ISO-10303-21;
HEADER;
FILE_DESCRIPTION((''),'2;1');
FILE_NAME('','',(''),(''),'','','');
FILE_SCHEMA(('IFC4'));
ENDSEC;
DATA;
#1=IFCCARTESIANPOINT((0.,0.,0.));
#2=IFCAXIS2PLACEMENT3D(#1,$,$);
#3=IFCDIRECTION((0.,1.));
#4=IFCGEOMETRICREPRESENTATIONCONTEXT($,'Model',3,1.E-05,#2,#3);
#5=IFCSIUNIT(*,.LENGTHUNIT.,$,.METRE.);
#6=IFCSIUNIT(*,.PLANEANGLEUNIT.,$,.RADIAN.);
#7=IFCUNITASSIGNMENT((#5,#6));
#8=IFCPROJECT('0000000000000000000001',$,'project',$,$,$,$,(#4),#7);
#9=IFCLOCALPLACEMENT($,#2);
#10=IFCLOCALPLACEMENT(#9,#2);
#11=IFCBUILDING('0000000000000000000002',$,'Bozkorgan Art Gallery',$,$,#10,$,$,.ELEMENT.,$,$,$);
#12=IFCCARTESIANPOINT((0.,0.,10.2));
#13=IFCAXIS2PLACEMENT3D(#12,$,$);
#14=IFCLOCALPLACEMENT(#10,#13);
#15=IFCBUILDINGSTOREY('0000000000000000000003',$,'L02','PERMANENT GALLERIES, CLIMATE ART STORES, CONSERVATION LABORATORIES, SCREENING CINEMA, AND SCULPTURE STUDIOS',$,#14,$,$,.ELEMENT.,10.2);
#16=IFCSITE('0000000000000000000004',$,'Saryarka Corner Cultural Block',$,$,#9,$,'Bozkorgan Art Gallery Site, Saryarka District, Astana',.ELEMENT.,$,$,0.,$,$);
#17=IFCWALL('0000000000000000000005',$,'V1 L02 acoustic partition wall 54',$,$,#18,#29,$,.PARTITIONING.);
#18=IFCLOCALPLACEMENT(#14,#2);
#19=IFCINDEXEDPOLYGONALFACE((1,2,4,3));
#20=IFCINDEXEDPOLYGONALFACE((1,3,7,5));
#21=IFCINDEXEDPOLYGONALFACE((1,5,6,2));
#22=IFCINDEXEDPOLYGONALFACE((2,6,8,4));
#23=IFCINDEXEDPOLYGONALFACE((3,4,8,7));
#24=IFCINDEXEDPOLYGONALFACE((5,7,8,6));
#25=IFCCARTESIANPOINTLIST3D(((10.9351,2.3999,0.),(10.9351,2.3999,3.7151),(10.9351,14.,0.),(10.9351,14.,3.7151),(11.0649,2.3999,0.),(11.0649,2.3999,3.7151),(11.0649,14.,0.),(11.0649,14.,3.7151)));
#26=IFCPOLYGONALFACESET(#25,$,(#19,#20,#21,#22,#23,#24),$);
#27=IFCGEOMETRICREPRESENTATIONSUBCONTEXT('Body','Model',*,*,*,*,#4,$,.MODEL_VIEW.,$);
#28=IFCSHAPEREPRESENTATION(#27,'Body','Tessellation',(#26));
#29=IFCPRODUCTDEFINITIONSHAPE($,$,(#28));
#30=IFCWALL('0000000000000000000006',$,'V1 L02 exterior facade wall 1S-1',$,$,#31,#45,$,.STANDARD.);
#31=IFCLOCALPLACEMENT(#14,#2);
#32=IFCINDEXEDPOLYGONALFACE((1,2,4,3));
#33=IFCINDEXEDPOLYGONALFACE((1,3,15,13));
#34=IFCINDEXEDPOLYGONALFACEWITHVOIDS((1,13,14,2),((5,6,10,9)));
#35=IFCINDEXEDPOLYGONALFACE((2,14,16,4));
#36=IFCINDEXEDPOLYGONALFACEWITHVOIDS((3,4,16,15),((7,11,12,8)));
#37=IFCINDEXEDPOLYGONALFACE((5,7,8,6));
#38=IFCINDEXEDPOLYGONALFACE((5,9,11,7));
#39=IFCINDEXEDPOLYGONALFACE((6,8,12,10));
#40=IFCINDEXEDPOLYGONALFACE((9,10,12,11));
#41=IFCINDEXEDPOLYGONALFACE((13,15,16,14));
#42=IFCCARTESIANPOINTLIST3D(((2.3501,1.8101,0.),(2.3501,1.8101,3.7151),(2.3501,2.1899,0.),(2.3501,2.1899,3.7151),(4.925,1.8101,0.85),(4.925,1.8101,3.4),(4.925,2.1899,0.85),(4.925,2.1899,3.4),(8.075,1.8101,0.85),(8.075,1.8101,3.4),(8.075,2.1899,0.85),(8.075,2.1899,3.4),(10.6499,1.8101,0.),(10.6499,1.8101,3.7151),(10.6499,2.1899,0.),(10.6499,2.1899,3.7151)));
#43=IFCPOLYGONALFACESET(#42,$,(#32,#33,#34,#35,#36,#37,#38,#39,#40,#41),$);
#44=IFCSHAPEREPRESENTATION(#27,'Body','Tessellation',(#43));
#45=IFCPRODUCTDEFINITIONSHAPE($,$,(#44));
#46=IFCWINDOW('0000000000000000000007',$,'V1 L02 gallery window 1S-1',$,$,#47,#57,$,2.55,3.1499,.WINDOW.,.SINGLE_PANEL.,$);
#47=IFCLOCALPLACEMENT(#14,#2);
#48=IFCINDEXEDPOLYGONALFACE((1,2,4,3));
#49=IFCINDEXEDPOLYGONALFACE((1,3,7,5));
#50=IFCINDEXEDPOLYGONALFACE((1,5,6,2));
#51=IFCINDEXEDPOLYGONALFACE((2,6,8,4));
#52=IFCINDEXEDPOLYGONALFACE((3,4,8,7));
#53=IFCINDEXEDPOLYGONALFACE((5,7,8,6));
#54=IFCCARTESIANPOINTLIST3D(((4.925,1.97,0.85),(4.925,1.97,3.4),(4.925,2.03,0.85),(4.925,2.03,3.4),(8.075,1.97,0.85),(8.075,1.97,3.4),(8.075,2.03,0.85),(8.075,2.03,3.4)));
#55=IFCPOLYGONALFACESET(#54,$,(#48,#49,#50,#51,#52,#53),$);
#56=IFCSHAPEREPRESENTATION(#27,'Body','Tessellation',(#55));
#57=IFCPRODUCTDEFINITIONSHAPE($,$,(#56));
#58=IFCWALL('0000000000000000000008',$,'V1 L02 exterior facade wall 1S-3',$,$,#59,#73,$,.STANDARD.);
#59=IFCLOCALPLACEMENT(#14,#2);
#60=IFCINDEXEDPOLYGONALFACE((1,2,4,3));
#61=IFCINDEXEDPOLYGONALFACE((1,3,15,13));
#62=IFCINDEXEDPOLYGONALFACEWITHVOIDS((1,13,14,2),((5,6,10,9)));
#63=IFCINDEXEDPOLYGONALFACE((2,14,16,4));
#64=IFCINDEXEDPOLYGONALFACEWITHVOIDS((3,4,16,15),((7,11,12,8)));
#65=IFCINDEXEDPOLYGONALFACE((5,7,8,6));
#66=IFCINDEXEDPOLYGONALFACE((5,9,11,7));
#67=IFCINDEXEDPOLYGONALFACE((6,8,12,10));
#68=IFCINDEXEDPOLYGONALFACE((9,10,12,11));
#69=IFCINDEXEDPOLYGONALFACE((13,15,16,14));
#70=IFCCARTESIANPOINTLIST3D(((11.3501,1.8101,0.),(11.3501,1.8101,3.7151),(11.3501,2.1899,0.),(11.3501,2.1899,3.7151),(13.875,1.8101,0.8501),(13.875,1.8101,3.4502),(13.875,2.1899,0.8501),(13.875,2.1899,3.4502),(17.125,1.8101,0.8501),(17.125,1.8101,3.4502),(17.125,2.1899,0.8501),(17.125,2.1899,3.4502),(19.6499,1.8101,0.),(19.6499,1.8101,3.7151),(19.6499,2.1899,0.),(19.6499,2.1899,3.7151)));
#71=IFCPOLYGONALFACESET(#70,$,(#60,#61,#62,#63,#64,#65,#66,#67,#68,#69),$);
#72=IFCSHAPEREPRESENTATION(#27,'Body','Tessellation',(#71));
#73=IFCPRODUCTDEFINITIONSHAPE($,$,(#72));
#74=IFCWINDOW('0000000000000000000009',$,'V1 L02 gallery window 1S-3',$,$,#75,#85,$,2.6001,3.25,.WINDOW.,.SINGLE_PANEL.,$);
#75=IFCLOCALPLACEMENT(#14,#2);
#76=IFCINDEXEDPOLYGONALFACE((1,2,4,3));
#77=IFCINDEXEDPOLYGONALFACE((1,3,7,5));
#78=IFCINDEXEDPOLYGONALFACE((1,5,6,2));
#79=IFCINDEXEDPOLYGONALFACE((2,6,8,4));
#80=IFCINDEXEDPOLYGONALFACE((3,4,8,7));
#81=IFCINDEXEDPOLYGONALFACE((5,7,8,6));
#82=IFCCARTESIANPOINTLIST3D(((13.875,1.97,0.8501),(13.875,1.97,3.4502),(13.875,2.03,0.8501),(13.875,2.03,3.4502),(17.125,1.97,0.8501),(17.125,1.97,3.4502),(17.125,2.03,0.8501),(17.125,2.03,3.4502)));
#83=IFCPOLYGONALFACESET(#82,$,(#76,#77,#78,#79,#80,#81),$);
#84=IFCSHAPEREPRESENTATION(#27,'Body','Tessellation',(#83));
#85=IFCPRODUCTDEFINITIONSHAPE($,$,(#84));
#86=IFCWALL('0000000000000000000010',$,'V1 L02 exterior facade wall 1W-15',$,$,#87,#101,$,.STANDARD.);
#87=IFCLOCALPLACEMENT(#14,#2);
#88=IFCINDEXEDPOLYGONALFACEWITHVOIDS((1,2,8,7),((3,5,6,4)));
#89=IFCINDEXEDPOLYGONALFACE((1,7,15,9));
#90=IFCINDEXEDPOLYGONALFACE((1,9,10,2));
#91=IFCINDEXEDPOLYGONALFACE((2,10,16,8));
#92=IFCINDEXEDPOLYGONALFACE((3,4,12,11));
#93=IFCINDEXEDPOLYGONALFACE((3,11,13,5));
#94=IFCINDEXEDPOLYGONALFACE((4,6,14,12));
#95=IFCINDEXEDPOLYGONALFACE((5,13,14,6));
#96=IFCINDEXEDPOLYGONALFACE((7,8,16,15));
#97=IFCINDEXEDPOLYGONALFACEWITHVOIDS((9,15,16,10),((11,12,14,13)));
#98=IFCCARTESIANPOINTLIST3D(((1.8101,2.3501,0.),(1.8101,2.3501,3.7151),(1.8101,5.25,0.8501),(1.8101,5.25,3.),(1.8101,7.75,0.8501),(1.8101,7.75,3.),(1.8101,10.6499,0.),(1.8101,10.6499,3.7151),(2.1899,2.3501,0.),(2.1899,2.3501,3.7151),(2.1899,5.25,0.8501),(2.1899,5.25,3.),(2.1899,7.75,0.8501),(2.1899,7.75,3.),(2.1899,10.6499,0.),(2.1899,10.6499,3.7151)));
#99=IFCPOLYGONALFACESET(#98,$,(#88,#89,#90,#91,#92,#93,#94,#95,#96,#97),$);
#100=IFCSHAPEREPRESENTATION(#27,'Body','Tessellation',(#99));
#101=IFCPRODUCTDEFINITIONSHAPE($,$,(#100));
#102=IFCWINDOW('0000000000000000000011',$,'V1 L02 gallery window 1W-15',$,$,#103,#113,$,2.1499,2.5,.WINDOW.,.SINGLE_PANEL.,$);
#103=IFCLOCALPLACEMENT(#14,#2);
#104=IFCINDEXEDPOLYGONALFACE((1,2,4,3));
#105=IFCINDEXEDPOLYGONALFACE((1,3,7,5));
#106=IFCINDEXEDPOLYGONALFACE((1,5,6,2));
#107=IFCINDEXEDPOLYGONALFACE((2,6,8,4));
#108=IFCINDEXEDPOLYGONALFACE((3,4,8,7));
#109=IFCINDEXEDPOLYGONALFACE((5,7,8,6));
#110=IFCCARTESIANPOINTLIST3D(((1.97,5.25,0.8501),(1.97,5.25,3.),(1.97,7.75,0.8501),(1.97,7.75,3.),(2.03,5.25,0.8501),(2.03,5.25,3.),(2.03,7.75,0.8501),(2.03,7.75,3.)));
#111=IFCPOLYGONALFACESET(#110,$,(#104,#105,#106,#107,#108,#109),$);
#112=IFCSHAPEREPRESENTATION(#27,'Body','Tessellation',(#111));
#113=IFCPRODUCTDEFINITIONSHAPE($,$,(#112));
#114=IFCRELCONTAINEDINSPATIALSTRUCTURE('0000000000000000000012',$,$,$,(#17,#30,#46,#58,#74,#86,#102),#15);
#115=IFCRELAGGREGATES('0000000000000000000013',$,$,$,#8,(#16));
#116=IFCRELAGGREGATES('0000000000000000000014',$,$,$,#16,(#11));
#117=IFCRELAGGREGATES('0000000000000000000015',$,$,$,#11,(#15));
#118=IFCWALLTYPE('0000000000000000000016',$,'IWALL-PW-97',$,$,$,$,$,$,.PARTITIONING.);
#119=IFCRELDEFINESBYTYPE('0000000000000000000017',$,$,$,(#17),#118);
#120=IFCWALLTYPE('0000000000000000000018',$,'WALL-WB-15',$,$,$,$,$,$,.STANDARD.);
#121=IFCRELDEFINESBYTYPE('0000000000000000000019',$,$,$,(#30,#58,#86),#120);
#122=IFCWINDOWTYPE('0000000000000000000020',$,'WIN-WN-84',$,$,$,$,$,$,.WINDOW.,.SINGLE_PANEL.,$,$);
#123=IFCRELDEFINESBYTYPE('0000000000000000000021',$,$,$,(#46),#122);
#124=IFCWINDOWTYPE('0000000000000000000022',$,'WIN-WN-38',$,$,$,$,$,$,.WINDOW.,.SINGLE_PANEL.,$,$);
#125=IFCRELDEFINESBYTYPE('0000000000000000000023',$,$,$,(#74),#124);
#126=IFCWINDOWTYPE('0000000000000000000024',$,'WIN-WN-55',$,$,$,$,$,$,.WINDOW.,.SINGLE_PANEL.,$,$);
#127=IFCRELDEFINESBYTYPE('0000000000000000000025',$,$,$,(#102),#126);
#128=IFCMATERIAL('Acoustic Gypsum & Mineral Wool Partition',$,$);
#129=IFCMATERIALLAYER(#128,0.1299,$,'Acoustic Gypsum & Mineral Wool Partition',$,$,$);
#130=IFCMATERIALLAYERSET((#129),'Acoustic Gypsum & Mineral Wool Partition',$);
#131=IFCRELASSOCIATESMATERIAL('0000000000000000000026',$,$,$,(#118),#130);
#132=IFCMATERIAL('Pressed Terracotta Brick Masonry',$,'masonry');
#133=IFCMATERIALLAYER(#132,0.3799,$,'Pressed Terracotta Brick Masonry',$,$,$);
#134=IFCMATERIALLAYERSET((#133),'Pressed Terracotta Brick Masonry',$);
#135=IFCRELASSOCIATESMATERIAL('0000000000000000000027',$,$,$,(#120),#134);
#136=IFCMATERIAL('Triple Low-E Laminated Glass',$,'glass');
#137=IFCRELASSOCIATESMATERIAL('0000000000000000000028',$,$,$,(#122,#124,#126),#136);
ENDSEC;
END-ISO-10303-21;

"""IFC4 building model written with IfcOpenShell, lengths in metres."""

from ifc_helpers import new_model, si_unit, direction, frame, frame_2d, origin, place, context, subcontext, project, spatial, rectangle, extrude, material, layer, layer_set, type_object, element, fill, save


model = new_model("IFC4")

# Units and contexts
model_context = context("Model", 3, precision=1e-05, world=origin(), true_north=direction((0.0, 1.0)))
body_context = subcontext(model_context, "Body", "Model", "MODEL_VIEW")
ifc_project = project(units=[si_unit("LENGTHUNIT", "METRE"), si_unit("PLANEANGLEUNIT", "RADIAN")], contexts=[model_context])

# Site, building, storey
site_placement = place(None, origin())
site = spatial("IfcSite", under=ifc_project, at=site_placement, Name="Saryarka Corner Cultural Block", LongName="Bozkorgan Art Gallery Site, Saryarka District, Astana", CompositionType="ELEMENT", RefElevation=0.0)
building_placement = place(site_placement, origin())
building = spatial("IfcBuilding", under=site, at=building_placement, Name="Bozkorgan Art Gallery", CompositionType="ELEMENT")
storey_placement = place(building_placement, frame((0.0, 0.0, 10.2)))
storey = spatial("IfcBuildingStorey", under=building, at=storey_placement, Name="L02", Description="PERMANENT GALLERIES, CLIMATE ART STORES, CONSERVATION LABORATORIES, SCREENING CINEMA, AND SCULPTURE STUDIOS", CompositionType="ELEMENT", Elevation=10.2)

# Wall
ifc_material_1 = material(Name="Acoustic Gypsum & Mineral Wool Partition")
ifc_layer_1 = layer(ifc_material_1, 0.1299, Name="Acoustic Gypsum & Mineral Wool Partition")
ifc_layer_set_1 = layer_set([ifc_layer_1], Name="Acoustic Gypsum & Mineral Wool Partition")
wall_type_1 = type_object("IfcWallType", Name="IWALL-PW-97", PredefinedType="PARTITIONING", material=ifc_layer_set_1)
wall_1_placement = place(storey_placement, frame((11.0, 2.3999, 0.0), z_axis=(0.0, 0.0, 1.0), x_axis=(0.0, 1.0, 0.0)))
element("IfcWall", 1, at=wall_1_placement, inside=storey, type_object=wall_type_1, Name="V1 L02 acoustic partition wall 54", PredefinedType="PARTITIONING", context=body_context, shape_type="SweptSolid", body=[
    extrude(rectangle(XDim=11.6001, YDim=0.1299, at=frame_2d((5.8, 0.0))), origin(), (0.0, 0.0, 1.0), 3.7151),
])

# Walls, openings, windows
ifc_material_2 = material(Name="Pressed Terracotta Brick Masonry", Category="masonry")
ifc_layer_2 = layer(ifc_material_2, 0.3799, Name="Pressed Terracotta Brick Masonry")
ifc_layer_set_2 = layer_set([ifc_layer_2], Name="Pressed Terracotta Brick Masonry")
wall_type_2 = type_object("IfcWallType", Name="WALL-WB-15", PredefinedType="STANDARD", material=ifc_layer_set_2)
wall_2_placement = place(storey_placement, frame((2.3501, 2.0, 0.0), z_axis=(0.0, 0.0, 1.0), x_axis=(1.0, 0.0, 0.0)))
wall_2 = element("IfcWall", 2, at=wall_2_placement, inside=storey, type_object=wall_type_2, Name="V1 L02 exterior facade wall 1S-1", PredefinedType="STANDARD", context=body_context, shape_type="SweptSolid", body=[
    extrude(rectangle(XDim=8.2998, YDim=0.3799, at=frame_2d((4.1499, 0.0))), origin(), (0.0, 0.0, 1.0), 3.7151),
])
opening_1_placement = place(wall_2_placement, frame((5.7249, 0.0, 0.8501), z_axis=(0.0, 0.0, 1.0), x_axis=(-1.0, 0.0, 0.0)))
opening_1 = element("IfcOpeningElement", 3, at=opening_1_placement, cuts=wall_2, PredefinedType="OPENING", context=body_context, shape_type="SweptSolid", body=[
    extrude(rectangle(XDim=3.1499, YDim=2.55, at=frame_2d((1.575, 1.2749))), frame((0.0, 0.2, 0.0), z_axis=(0.0, -1.0, 0.0), x_axis=(1.0, 0.0, 0.0)), (0.0, 0.0, 1.0), 0.3999),
])
ifc_material_3 = material(Name="Triple Low-E Laminated Glass", Category="glass")
window_type_1 = type_object("IfcWindowType", Name="WIN-WN-84", PartitioningType="SINGLE_PANEL", PredefinedType="WINDOW", material=ifc_material_3)
window_1_placement = place(opening_1_placement, origin())
window_1 = element("IfcWindow", 4, at=window_1_placement, inside=storey, type_object=window_type_1, Name="V1 L02 gallery window 1S-1", OverallHeight=2.55, OverallWidth=3.1499, PartitioningType="SINGLE_PANEL", PredefinedType="WINDOW", context=body_context, shape_type="SweptSolid", body=[
    extrude(rectangle(XDim=3.1499, YDim=2.55, at=frame_2d((1.575, 1.2749))), frame((0.0, 0.03, 0.0), z_axis=(0.0, -1.0, 0.0), x_axis=(1.0, 0.0, 0.0)), (0.0, 0.0, 1.0), 0.0601),
])
fill(opening_1, window_1)
wall_3_placement = place(storey_placement, frame((11.3501, 2.0, 0.0), z_axis=(0.0, 0.0, 1.0), x_axis=(1.0, 0.0, 0.0)))
wall_3 = element("IfcWall", 5, at=wall_3_placement, inside=storey, type_object=wall_type_2, Name="V1 L02 exterior facade wall 1S-3", PredefinedType="STANDARD", context=body_context, shape_type="SweptSolid", body=[
    extrude(rectangle(XDim=8.2998, YDim=0.3799, at=frame_2d((4.1499, 0.0))), origin(), (0.0, 0.0, 1.0), 3.7151),
])
opening_2_placement = place(wall_3_placement, frame((5.7749, 0.0, 0.8501), z_axis=(0.0, 0.0, 1.0), x_axis=(-1.0, 0.0, 0.0)))
opening_2 = element("IfcOpeningElement", 6, at=opening_2_placement, cuts=wall_3, PredefinedType="OPENING", context=body_context, shape_type="SweptSolid", body=[
    extrude(rectangle(XDim=3.25, YDim=2.6001, at=frame_2d((1.625, 1.3))), frame((0.0, 0.2, 0.0), z_axis=(0.0, -1.0, 0.0), x_axis=(1.0, 0.0, 0.0)), (0.0, 0.0, 1.0), 0.3999),
])
window_type_2 = type_object("IfcWindowType", Name="WIN-WN-38", PartitioningType="SINGLE_PANEL", PredefinedType="WINDOW", material=ifc_material_3)
window_2_placement = place(opening_2_placement, origin())
window_2 = element("IfcWindow", 7, at=window_2_placement, inside=storey, type_object=window_type_2, Name="V1 L02 gallery window 1S-3", OverallHeight=2.6001, OverallWidth=3.25, PartitioningType="SINGLE_PANEL", PredefinedType="WINDOW", context=body_context, shape_type="SweptSolid", body=[
    extrude(rectangle(XDim=3.25, YDim=2.6001, at=frame_2d((1.625, 1.3))), frame((0.0, 0.03, 0.0), z_axis=(0.0, -1.0, 0.0), x_axis=(1.0, 0.0, 0.0)), (0.0, 0.0, 1.0), 0.0601),
])
fill(opening_2, window_2)
wall_4_placement = place(storey_placement, frame((2.0, 2.3501, 0.0), z_axis=(0.0, 0.0, 1.0), x_axis=(0.0, 1.0, 0.0)))
wall_4 = element("IfcWall", 8, at=wall_4_placement, inside=storey, type_object=wall_type_2, Name="V1 L02 exterior facade wall 1W-15", PredefinedType="STANDARD", context=body_context, shape_type="SweptSolid", body=[
    extrude(rectangle(XDim=8.2998, YDim=0.3799, at=frame_2d((4.1499, 0.0))), origin(), (0.0, 0.0, 1.0), 3.7151),
])
opening_3_placement = place(wall_4_placement, frame((2.8999, 0.0, 0.8501)))
opening_3 = element("IfcOpeningElement", 9, at=opening_3_placement, cuts=wall_4, PredefinedType="OPENING", context=body_context, shape_type="SweptSolid", body=[
    extrude(rectangle(XDim=2.5, YDim=2.1499, at=frame_2d((1.25, 1.075))), frame((0.0, 0.2, 0.0), z_axis=(0.0, -1.0, 0.0), x_axis=(1.0, 0.0, 0.0)), (0.0, 0.0, 1.0), 0.3999),
])
window_type_3 = type_object("IfcWindowType", Name="WIN-WN-55", PartitioningType="SINGLE_PANEL", PredefinedType="WINDOW", material=ifc_material_3)
window_3_placement = place(opening_3_placement, origin())
window_3 = element("IfcWindow", 10, at=window_3_placement, inside=storey, type_object=window_type_3, Name="V1 L02 gallery window 1W-15", OverallHeight=2.1499, OverallWidth=2.5, PartitioningType="SINGLE_PANEL", PredefinedType="WINDOW", context=body_context, shape_type="SweptSolid", body=[
    extrude(rectangle(XDim=2.5, YDim=2.1499, at=frame_2d((1.25, 1.075))), frame((0.0, 0.03, 0.0), z_axis=(0.0, -1.0, 0.0), x_axis=(1.0, 0.0, 0.0)), (0.0, 0.0, 1.0), 0.0601),
])
fill(opening_3, window_3)

save(model, "model.ifc")
